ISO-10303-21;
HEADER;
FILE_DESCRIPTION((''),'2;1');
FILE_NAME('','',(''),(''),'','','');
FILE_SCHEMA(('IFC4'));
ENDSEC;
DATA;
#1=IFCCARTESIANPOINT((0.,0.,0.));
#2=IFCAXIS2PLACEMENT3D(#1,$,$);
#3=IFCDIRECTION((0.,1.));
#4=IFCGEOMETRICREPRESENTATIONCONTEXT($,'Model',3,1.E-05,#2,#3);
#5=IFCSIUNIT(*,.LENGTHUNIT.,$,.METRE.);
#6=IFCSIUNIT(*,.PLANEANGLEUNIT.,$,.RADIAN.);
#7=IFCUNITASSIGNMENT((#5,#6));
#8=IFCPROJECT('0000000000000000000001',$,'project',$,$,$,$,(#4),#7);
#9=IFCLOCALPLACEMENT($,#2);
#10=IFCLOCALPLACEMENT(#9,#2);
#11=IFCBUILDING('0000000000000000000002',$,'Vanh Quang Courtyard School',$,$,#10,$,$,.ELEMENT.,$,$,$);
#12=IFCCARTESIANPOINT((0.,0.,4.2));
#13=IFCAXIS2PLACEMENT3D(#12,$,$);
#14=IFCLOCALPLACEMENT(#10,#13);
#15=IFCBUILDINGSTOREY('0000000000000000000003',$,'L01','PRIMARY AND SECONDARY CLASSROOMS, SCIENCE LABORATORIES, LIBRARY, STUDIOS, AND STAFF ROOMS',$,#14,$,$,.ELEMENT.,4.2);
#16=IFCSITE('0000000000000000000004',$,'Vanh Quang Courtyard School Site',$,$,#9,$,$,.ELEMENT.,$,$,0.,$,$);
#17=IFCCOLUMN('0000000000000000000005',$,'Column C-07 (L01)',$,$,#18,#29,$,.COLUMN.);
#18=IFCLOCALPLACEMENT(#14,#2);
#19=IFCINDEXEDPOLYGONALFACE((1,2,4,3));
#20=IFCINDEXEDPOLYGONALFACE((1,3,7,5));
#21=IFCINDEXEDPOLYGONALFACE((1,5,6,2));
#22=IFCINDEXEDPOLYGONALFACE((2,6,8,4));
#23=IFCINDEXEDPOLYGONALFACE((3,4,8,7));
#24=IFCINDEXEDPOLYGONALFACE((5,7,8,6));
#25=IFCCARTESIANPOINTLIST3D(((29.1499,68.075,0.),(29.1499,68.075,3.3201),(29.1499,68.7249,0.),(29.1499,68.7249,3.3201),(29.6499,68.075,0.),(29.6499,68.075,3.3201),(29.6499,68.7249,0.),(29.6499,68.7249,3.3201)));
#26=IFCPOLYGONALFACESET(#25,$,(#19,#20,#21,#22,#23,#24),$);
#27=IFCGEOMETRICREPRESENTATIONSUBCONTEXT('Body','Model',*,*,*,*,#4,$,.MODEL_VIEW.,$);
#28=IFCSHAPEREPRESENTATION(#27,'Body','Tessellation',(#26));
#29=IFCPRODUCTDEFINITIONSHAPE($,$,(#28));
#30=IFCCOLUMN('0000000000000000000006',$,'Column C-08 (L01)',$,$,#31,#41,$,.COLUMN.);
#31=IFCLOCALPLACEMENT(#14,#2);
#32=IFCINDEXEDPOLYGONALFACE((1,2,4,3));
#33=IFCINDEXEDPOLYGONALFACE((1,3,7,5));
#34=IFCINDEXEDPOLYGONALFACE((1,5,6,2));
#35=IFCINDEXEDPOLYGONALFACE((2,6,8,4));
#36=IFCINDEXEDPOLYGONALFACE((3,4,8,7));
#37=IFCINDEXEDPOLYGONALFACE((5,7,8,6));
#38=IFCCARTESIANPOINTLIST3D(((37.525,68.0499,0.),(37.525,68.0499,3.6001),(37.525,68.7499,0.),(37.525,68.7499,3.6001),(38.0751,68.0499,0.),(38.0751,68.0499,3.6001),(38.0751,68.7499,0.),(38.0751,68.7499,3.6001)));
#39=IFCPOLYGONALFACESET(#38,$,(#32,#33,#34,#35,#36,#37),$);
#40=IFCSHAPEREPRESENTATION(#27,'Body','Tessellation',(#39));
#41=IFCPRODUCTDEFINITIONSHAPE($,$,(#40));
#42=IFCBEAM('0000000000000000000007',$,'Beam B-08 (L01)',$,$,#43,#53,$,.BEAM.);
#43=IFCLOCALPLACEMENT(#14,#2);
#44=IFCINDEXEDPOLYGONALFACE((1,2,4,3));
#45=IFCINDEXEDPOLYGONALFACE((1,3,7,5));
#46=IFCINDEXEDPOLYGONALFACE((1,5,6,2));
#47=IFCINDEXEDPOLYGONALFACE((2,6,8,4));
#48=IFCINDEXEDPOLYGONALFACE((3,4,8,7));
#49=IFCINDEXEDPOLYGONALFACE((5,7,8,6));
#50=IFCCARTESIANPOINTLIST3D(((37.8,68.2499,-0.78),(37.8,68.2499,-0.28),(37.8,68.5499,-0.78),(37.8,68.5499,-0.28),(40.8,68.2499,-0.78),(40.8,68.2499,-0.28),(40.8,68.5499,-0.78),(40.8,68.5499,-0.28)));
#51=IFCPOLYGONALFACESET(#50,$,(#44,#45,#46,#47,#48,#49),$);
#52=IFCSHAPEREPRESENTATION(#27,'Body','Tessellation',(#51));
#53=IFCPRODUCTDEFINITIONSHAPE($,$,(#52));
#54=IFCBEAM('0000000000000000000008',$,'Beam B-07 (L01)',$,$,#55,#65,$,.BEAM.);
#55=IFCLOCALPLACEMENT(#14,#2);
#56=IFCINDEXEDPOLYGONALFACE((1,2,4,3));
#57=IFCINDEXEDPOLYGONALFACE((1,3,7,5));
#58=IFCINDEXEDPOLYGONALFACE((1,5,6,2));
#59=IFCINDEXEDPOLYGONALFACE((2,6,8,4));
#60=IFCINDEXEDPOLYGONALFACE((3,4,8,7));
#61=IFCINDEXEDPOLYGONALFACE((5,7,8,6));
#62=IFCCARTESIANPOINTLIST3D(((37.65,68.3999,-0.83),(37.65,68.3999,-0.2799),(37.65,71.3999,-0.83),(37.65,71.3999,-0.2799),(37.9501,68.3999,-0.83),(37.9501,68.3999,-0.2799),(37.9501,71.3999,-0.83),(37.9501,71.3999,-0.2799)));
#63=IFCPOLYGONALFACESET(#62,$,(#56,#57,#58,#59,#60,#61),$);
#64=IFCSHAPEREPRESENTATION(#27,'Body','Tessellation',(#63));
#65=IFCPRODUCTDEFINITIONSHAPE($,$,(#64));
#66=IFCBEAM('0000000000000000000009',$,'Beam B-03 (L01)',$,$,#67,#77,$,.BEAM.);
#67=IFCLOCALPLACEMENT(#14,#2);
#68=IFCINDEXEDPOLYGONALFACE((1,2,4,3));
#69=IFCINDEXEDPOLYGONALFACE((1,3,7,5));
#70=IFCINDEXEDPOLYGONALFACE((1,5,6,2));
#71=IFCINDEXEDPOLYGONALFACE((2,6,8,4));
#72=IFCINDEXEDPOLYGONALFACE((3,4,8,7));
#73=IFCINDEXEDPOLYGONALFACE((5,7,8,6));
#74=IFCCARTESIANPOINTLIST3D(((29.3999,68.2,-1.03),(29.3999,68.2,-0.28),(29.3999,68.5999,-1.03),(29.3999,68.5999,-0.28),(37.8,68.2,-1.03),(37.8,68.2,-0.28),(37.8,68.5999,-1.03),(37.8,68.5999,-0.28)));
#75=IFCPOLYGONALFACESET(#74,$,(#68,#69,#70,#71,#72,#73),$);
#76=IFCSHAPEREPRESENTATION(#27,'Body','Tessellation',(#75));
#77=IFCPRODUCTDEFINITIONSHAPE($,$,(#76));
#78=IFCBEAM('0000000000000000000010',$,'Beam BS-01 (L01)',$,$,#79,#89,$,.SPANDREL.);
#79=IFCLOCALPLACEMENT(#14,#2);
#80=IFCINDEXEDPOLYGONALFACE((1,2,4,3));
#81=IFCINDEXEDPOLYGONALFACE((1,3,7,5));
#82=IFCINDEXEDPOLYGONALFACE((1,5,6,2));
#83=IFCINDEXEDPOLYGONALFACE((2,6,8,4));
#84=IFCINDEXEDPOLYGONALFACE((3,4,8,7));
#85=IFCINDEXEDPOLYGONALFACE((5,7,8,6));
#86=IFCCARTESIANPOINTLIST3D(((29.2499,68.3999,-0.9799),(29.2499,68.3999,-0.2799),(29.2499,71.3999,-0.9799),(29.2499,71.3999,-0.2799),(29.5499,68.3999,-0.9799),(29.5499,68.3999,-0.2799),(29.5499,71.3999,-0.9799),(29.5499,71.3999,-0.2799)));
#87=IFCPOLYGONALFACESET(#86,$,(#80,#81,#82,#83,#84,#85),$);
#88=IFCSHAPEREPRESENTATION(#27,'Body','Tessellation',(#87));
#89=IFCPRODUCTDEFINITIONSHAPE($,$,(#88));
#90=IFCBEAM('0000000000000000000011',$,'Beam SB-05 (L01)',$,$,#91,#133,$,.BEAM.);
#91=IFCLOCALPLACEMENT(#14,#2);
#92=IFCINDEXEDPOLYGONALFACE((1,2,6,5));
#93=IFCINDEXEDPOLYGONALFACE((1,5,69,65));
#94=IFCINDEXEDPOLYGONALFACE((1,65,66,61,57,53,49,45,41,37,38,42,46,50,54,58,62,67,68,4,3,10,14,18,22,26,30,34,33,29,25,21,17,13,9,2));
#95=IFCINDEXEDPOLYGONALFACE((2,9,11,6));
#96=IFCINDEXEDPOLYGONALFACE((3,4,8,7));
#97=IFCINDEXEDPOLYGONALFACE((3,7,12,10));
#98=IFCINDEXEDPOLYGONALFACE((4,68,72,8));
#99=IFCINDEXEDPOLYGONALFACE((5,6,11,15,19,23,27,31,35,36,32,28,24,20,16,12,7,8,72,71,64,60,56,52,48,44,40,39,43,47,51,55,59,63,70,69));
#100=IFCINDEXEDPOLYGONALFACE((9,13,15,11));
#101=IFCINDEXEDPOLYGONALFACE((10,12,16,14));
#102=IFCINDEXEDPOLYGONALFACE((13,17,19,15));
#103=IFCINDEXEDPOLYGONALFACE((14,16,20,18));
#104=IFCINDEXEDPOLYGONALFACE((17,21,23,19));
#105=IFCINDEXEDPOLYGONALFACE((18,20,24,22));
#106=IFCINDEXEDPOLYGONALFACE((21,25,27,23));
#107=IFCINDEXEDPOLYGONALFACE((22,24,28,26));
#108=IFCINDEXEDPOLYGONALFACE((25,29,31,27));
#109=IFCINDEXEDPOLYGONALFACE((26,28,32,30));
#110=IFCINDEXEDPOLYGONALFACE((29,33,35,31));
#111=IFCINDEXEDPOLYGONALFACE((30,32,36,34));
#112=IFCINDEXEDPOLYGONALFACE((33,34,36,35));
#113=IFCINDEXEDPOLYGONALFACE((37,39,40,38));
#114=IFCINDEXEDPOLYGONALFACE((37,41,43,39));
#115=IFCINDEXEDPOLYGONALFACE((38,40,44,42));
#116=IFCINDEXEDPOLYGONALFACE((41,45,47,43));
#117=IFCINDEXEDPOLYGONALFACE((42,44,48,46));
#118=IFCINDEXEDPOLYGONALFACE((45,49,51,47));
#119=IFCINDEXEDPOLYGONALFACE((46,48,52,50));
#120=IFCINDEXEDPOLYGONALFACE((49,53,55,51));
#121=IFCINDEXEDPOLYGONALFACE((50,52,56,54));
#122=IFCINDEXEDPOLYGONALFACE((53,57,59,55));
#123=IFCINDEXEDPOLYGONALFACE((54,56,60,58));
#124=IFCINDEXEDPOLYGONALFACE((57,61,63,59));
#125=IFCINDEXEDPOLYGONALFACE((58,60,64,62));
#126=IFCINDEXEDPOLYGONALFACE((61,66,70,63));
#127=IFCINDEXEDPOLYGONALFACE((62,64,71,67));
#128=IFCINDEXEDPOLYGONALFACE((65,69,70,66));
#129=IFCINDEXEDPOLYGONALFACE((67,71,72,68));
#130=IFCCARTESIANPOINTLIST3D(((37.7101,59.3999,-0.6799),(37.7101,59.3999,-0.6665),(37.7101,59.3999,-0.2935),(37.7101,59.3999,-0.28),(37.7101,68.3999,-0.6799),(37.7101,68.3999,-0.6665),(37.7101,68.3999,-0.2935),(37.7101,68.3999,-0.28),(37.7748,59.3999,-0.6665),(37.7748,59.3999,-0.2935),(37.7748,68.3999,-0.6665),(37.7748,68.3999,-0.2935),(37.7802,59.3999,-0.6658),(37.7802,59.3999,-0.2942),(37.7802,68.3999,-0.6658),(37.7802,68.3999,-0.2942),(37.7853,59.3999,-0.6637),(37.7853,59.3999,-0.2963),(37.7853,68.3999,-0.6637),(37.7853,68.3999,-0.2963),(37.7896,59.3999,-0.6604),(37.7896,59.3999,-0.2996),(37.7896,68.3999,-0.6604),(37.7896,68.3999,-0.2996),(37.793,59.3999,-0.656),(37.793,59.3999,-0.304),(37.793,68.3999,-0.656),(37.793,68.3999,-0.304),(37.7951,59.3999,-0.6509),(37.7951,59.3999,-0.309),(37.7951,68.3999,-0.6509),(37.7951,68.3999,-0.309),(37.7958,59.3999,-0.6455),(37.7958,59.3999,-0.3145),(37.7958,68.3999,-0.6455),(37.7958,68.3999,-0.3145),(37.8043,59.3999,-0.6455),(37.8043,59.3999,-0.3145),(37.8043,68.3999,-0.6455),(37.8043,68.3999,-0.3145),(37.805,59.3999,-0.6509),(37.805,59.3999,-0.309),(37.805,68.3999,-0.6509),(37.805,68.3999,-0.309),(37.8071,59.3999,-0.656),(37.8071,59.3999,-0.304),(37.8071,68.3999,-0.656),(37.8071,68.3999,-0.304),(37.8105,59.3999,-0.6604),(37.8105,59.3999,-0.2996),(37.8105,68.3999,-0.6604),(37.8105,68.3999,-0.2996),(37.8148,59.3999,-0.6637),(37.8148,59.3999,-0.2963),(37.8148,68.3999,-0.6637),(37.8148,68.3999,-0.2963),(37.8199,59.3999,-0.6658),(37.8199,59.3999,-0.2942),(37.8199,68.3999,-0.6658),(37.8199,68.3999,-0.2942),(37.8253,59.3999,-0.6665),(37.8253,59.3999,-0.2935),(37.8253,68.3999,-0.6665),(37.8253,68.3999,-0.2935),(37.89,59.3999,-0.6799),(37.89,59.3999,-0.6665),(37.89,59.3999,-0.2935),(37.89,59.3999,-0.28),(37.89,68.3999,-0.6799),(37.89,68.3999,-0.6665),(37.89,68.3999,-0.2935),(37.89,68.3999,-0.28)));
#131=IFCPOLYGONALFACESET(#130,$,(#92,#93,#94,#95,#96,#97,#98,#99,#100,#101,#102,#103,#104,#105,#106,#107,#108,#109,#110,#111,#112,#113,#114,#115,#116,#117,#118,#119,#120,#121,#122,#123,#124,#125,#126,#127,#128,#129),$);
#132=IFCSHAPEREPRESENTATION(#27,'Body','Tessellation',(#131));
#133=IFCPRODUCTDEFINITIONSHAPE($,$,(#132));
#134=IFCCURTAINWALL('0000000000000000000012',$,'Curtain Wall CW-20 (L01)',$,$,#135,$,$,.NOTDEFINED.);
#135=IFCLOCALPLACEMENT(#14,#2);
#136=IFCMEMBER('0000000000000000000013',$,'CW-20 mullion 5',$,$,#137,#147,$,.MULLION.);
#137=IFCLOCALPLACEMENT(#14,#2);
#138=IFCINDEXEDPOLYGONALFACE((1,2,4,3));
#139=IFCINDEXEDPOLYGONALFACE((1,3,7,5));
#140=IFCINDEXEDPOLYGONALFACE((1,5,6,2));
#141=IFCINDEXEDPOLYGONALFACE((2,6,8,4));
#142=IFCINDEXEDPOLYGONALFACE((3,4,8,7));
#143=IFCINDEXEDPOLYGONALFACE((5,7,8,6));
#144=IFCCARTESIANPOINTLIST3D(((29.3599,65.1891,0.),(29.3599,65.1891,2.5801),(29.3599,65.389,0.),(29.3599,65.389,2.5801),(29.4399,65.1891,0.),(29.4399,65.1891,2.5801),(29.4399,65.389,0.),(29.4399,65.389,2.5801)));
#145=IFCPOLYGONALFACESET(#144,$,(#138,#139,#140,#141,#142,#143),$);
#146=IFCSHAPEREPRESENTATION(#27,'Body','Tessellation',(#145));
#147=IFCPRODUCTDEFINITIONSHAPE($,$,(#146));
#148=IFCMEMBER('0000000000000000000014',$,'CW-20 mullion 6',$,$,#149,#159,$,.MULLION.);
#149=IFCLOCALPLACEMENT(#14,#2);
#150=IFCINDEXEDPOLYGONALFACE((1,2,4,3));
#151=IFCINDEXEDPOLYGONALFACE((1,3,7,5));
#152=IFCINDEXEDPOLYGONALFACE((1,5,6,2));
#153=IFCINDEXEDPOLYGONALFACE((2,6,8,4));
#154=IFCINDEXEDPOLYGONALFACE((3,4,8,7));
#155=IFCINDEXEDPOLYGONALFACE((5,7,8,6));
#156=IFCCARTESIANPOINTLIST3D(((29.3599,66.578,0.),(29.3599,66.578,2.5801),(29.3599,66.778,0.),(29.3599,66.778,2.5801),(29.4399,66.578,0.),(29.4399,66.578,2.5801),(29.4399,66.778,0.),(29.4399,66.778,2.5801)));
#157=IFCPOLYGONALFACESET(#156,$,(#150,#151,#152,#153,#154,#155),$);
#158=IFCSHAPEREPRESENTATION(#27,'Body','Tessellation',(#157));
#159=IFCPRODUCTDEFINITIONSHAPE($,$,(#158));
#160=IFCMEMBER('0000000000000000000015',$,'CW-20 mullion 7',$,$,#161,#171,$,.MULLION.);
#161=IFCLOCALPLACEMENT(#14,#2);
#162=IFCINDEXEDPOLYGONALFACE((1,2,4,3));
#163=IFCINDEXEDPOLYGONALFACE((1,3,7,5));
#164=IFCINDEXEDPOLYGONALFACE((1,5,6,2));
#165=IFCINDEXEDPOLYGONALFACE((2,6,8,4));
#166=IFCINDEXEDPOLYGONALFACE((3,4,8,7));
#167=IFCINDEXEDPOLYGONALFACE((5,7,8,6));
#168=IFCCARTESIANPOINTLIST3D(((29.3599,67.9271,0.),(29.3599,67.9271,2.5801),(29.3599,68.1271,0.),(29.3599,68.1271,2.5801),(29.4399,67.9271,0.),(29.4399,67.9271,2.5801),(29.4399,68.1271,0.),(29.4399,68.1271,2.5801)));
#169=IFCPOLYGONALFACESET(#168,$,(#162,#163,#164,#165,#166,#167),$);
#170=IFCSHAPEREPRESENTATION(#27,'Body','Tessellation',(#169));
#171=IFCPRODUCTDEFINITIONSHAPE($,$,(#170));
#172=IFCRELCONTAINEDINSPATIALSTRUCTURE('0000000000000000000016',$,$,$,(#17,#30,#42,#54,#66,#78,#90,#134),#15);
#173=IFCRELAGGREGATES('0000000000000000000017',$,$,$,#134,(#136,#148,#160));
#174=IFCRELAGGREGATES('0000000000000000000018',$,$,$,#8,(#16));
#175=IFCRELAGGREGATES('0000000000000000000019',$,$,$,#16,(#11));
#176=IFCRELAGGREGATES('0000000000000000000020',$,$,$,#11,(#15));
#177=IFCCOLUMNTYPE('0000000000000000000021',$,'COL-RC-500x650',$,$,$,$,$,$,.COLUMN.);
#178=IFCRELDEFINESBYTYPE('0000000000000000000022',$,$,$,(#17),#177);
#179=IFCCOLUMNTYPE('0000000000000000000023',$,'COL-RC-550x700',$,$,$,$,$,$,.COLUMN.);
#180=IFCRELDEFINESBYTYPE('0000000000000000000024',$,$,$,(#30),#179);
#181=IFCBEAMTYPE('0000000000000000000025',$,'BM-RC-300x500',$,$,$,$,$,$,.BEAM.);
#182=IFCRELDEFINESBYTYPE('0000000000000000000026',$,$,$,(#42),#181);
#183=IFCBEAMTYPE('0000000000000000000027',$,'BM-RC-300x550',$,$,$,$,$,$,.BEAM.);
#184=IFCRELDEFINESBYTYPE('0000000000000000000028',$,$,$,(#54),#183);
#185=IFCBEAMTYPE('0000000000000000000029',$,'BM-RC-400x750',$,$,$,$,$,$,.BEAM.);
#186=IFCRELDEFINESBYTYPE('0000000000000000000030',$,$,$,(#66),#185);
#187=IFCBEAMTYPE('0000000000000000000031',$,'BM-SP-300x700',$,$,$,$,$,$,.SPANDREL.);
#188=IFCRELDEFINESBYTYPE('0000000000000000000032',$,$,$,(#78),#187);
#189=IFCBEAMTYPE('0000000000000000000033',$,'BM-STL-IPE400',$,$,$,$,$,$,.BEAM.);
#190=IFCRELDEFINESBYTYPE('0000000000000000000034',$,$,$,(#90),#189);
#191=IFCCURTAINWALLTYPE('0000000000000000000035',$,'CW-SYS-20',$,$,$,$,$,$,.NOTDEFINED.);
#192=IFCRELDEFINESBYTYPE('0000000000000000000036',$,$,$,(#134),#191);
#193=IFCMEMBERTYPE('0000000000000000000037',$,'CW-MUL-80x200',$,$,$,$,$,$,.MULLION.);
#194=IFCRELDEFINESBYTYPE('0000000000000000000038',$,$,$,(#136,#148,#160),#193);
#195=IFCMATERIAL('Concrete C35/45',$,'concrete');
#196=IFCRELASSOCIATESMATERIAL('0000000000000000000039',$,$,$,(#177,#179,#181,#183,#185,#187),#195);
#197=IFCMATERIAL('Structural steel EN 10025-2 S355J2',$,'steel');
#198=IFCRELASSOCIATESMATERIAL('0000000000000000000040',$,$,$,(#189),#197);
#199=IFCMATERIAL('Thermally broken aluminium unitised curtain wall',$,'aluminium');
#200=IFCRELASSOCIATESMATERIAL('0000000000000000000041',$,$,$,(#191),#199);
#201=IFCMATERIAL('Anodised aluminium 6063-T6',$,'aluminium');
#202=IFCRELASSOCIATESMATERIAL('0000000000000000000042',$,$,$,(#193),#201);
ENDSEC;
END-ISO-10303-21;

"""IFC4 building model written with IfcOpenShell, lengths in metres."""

from ifc_helpers import new_model, si_unit, direction, frame, origin, origin_2d, place, context, subcontext, project, spatial, rectangle, i_section, extrude, material, material_profile, profile_set, type_object, element, aggregate, save


model = new_model("IFC4")

# Units and contexts
model_context = context("Model", 3, precision=1e-05, world=origin(), true_north=direction((0.0, 1.0)))
body_context = subcontext(model_context, "Body", "Model", "MODEL_VIEW")
ifc_project = project(units=[si_unit("LENGTHUNIT", "METRE"), si_unit("PLANEANGLEUNIT", "RADIAN")], contexts=[model_context])

# Site, building, storey
site_placement = place(None, origin())
site = spatial("IfcSite", under=ifc_project, at=site_placement, Name="Vanh Quang Courtyard School Site", CompositionType="ELEMENT", RefElevation=0.0)
building_placement = place(site_placement, origin())
building = spatial("IfcBuilding", under=site, at=building_placement, Name="Vanh Quang Courtyard School", CompositionType="ELEMENT")
storey_placement = place(building_placement, frame((0.0, 0.0, 4.2)))
storey = spatial("IfcBuildingStorey", under=building, at=storey_placement, Name="L01", Description="PRIMARY AND SECONDARY CLASSROOMS, SCIENCE LABORATORIES, LIBRARY, STUDIOS, AND STAFF ROOMS", CompositionType="ELEMENT", Elevation=4.2)

# Columns
ifc_material_1 = material(Name="Concrete C35/45", Category="concrete")
ifc_material_profile_1 = material_profile(ifc_material_1, rectangle(XDim=0.5, YDim=0.6499, at=origin_2d()), Name="RC-COL 500x650")
ifc_profile_set_1 = profile_set([ifc_material_profile_1], Name="Concrete C35/45")
column_type_1 = type_object("IfcColumnType", Name="COL-RC-500x650", PredefinedType="COLUMN", material=ifc_profile_set_1)
column_1_placement = place(storey_placement, frame((29.3999, 68.3999, 0.0), z_axis=(0.0, 0.0, 1.0), x_axis=(1.0, 0.0, 0.0)))
element("IfcColumn", 1, at=column_1_placement, inside=storey, type_object=column_type_1, Name="Column C-07 (L01)", PredefinedType="COLUMN", context=body_context, shape_type="SweptSolid", body=[
    extrude(rectangle(XDim=0.5, YDim=0.6499, at=origin_2d()), origin(), (0.0, 0.0, 1.0), 3.3201),
])
ifc_material_profile_2 = material_profile(ifc_material_1, rectangle(XDim=0.55, YDim=0.7, at=origin_2d()), Name="RC-COL 550x700")
ifc_profile_set_2 = profile_set([ifc_material_profile_2], Name="Concrete C35/45")
column_type_2 = type_object("IfcColumnType", Name="COL-RC-550x700", PredefinedType="COLUMN", material=ifc_profile_set_2)
column_2_placement = place(storey_placement, frame((37.8, 68.3999, 0.0), z_axis=(0.0, 0.0, 1.0), x_axis=(1.0, 0.0, 0.0)))
element("IfcColumn", 2, at=column_2_placement, inside=storey, type_object=column_type_2, Name="Column C-08 (L01)", PredefinedType="COLUMN", context=body_context, shape_type="SweptSolid", body=[
    extrude(rectangle(XDim=0.55, YDim=0.7, at=origin_2d()), origin(), (0.0, 0.0, 1.0), 3.6001),
])

# Beams
ifc_material_profile_3 = material_profile(ifc_material_1, rectangle(XDim=0.3, YDim=0.5, at=origin_2d()), Name="RC-BM 300x500")
ifc_profile_set_3 = profile_set([ifc_material_profile_3], Name="Concrete C35/45")
beam_type_1 = type_object("IfcBeamType", Name="BM-RC-300x500", PredefinedType="BEAM", material=ifc_profile_set_3)
beam_1_placement = place(storey_placement, frame((37.8, 68.3999, -0.53), z_axis=(1.0, 0.0, 0.0), x_axis=(0.0, 1.0, 0.0)))
element("IfcBeam", 3, at=beam_1_placement, inside=storey, type_object=beam_type_1, Name="Beam B-08 (L01)", PredefinedType="BEAM", context=body_context, shape_type="SweptSolid", body=[
    extrude(rectangle(XDim=0.3, YDim=0.5, at=origin_2d()), origin(), (0.0, 0.0, 1.0), 3.0),
])
ifc_material_profile_4 = material_profile(ifc_material_1, rectangle(XDim=0.3, YDim=0.55, at=origin_2d()), Name="RC-BM 300x550")
ifc_profile_set_4 = profile_set([ifc_material_profile_4], Name="Concrete C35/45")
beam_type_2 = type_object("IfcBeamType", Name="BM-RC-300x550", PredefinedType="BEAM", material=ifc_profile_set_4)
beam_2_placement = place(storey_placement, frame((37.8, 68.3999, -0.5549), z_axis=(0.0, 1.0, 0.0), x_axis=(-1.0, 0.0, 0.0)))
element("IfcBeam", 4, at=beam_2_placement, inside=storey, type_object=beam_type_2, Name="Beam B-07 (L01)", PredefinedType="BEAM", context=body_context, shape_type="SweptSolid", body=[
    extrude(rectangle(XDim=0.3, YDim=0.55, at=origin_2d()), origin(), (0.0, 0.0, 1.0), 3.0),
])
ifc_material_profile_5 = material_profile(ifc_material_1, rectangle(XDim=0.3999, YDim=0.75, at=origin_2d()), Name="RC-BM 400x750")
ifc_profile_set_5 = profile_set([ifc_material_profile_5], Name="Concrete C35/45")
beam_type_3 = type_object("IfcBeamType", Name="BM-RC-400x750", PredefinedType="BEAM", material=ifc_profile_set_5)
beam_3_placement = place(storey_placement, frame((29.3999, 68.3999, -0.655), z_axis=(1.0, 0.0, 0.0), x_axis=(0.0, 1.0, 0.0)))
element("IfcBeam", 5, at=beam_3_placement, inside=storey, type_object=beam_type_3, Name="Beam B-03 (L01)", PredefinedType="BEAM", context=body_context, shape_type="SweptSolid", body=[
    extrude(rectangle(XDim=0.3999, YDim=0.75, at=origin_2d()), origin(), (0.0, 0.0, 1.0), 8.4001),
])
ifc_material_profile_6 = material_profile(ifc_material_1, rectangle(XDim=0.3, YDim=0.7, at=origin_2d()), Name="RC-SP 300x700")
ifc_profile_set_6 = profile_set([ifc_material_profile_6], Name="Concrete C35/45")
beam_type_4 = type_object("IfcBeamType", Name="BM-SP-300x700", PredefinedType="SPANDREL", material=ifc_profile_set_6)
beam_4_placement = place(storey_placement, frame((29.3999, 68.3999, -0.6299), z_axis=(0.0, 1.0, 0.0), x_axis=(-1.0, 0.0, 0.0)))
element("IfcBeam", 6, at=beam_4_placement, inside=storey, type_object=beam_type_4, Name="Beam BS-01 (L01)", PredefinedType="SPANDREL", context=body_context, shape_type="SweptSolid", body=[
    extrude(rectangle(XDim=0.3, YDim=0.7, at=origin_2d()), origin(), (0.0, 0.0, 1.0), 3.0),
])
ifc_material_2 = material(Name="Structural steel EN 10025-2 S355J2", Category="steel")
ifc_material_profile_7 = material_profile(ifc_material_2, i_section(OverallWidth=0.1799, OverallDepth=0.3999, WebThickness=0.0085, FlangeThickness=0.0134, FilletRadius=0.021, at=origin_2d()), Name="IPE 400")
ifc_profile_set_7 = profile_set([ifc_material_profile_7], Name="Structural steel EN 10025-2 S355J2")
beam_type_5 = type_object("IfcBeamType", Name="BM-STL-IPE400", PredefinedType="BEAM", material=ifc_profile_set_7)
beam_5_placement = place(storey_placement, frame((37.8, 59.3999, -0.48), z_axis=(0.0, 1.0, 0.0), x_axis=(-1.0, 0.0, 0.0)))
element("IfcBeam", 7, at=beam_5_placement, inside=storey, type_object=beam_type_5, Name="Beam SB-05 (L01)", PredefinedType="BEAM", context=body_context, shape_type="SweptSolid", body=[
    extrude(i_section(OverallWidth=0.1799, OverallDepth=0.3999, WebThickness=0.0085, FlangeThickness=0.0134, FilletRadius=0.021, at=origin_2d()), origin(), (0.0, 0.0, 1.0), 9.0),
])

# Curtain wall, members
ifc_material_3 = material(Name="Thermally broken aluminium unitised curtain wall", Category="aluminium")
curtain_wall_type = type_object("IfcCurtainWallType", Name="CW-SYS-20", PredefinedType="NOTDEFINED", material=ifc_material_3)
curtain_wall_placement = place(storey_placement, origin())
curtain_wall = element("IfcCurtainWall", 8, at=curtain_wall_placement, inside=storey, type_object=curtain_wall_type, Name="Curtain Wall CW-20 (L01)", PredefinedType="NOTDEFINED")
ifc_material_4 = material(Name="Anodised aluminium 6063-T6", Category="aluminium")
ifc_material_profile_8 = material_profile(ifc_material_4, rectangle(XDim=0.0801, YDim=0.2, at=origin_2d()), Name="ALU-MUL 80x200")
ifc_profile_set_8 = profile_set([ifc_material_profile_8], Name="Anodised aluminium 6063-T6")
member_type_1 = type_object("IfcMemberType", Name="CW-MUL-80x200", PredefinedType="MULLION", material=ifc_profile_set_8)
member_1_placement = place(storey_placement, frame((29.3999, 65.2891, 0.0), z_axis=(0.0, 0.0, 1.0), x_axis=(-1.0, 0.0, 0.0)))
member_1 = element("IfcMember", 9, at=member_1_placement, type_object=member_type_1, Name="CW-20 mullion 5", PredefinedType="MULLION", context=body_context, shape_type="SweptSolid", body=[
    extrude(rectangle(XDim=0.0801, YDim=0.2, at=origin_2d()), origin(), (0.0, 0.0, 1.0), 2.5801),
])
member_2_placement = place(storey_placement, frame((29.3999, 66.678, 0.0), z_axis=(0.0, 0.0, 1.0), x_axis=(-1.0, 0.0, 0.0)))
member_2 = element("IfcMember", 10, at=member_2_placement, type_object=member_type_1, Name="CW-20 mullion 6", PredefinedType="MULLION", context=body_context, shape_type="SweptSolid", body=[
    extrude(rectangle(XDim=0.0801, YDim=0.2, at=origin_2d()), origin(), (0.0, 0.0, 1.0), 2.5801),
])
member_3_placement = place(storey_placement, frame((29.3999, 68.0271, 0.0), z_axis=(0.0, 0.0, 1.0), x_axis=(-1.0, 0.0, 0.0)))
member_3 = element("IfcMember", 11, at=member_3_placement, type_object=member_type_1, Name="CW-20 mullion 7", PredefinedType="MULLION", context=body_context, shape_type="SweptSolid", body=[
    extrude(rectangle(XDim=0.0801, YDim=0.2, at=origin_2d()), origin(), (0.0, 0.0, 1.0), 2.5801),
])

aggregate(curtain_wall, [member_1, member_2, member_3])

save(model, "model.ifc")
